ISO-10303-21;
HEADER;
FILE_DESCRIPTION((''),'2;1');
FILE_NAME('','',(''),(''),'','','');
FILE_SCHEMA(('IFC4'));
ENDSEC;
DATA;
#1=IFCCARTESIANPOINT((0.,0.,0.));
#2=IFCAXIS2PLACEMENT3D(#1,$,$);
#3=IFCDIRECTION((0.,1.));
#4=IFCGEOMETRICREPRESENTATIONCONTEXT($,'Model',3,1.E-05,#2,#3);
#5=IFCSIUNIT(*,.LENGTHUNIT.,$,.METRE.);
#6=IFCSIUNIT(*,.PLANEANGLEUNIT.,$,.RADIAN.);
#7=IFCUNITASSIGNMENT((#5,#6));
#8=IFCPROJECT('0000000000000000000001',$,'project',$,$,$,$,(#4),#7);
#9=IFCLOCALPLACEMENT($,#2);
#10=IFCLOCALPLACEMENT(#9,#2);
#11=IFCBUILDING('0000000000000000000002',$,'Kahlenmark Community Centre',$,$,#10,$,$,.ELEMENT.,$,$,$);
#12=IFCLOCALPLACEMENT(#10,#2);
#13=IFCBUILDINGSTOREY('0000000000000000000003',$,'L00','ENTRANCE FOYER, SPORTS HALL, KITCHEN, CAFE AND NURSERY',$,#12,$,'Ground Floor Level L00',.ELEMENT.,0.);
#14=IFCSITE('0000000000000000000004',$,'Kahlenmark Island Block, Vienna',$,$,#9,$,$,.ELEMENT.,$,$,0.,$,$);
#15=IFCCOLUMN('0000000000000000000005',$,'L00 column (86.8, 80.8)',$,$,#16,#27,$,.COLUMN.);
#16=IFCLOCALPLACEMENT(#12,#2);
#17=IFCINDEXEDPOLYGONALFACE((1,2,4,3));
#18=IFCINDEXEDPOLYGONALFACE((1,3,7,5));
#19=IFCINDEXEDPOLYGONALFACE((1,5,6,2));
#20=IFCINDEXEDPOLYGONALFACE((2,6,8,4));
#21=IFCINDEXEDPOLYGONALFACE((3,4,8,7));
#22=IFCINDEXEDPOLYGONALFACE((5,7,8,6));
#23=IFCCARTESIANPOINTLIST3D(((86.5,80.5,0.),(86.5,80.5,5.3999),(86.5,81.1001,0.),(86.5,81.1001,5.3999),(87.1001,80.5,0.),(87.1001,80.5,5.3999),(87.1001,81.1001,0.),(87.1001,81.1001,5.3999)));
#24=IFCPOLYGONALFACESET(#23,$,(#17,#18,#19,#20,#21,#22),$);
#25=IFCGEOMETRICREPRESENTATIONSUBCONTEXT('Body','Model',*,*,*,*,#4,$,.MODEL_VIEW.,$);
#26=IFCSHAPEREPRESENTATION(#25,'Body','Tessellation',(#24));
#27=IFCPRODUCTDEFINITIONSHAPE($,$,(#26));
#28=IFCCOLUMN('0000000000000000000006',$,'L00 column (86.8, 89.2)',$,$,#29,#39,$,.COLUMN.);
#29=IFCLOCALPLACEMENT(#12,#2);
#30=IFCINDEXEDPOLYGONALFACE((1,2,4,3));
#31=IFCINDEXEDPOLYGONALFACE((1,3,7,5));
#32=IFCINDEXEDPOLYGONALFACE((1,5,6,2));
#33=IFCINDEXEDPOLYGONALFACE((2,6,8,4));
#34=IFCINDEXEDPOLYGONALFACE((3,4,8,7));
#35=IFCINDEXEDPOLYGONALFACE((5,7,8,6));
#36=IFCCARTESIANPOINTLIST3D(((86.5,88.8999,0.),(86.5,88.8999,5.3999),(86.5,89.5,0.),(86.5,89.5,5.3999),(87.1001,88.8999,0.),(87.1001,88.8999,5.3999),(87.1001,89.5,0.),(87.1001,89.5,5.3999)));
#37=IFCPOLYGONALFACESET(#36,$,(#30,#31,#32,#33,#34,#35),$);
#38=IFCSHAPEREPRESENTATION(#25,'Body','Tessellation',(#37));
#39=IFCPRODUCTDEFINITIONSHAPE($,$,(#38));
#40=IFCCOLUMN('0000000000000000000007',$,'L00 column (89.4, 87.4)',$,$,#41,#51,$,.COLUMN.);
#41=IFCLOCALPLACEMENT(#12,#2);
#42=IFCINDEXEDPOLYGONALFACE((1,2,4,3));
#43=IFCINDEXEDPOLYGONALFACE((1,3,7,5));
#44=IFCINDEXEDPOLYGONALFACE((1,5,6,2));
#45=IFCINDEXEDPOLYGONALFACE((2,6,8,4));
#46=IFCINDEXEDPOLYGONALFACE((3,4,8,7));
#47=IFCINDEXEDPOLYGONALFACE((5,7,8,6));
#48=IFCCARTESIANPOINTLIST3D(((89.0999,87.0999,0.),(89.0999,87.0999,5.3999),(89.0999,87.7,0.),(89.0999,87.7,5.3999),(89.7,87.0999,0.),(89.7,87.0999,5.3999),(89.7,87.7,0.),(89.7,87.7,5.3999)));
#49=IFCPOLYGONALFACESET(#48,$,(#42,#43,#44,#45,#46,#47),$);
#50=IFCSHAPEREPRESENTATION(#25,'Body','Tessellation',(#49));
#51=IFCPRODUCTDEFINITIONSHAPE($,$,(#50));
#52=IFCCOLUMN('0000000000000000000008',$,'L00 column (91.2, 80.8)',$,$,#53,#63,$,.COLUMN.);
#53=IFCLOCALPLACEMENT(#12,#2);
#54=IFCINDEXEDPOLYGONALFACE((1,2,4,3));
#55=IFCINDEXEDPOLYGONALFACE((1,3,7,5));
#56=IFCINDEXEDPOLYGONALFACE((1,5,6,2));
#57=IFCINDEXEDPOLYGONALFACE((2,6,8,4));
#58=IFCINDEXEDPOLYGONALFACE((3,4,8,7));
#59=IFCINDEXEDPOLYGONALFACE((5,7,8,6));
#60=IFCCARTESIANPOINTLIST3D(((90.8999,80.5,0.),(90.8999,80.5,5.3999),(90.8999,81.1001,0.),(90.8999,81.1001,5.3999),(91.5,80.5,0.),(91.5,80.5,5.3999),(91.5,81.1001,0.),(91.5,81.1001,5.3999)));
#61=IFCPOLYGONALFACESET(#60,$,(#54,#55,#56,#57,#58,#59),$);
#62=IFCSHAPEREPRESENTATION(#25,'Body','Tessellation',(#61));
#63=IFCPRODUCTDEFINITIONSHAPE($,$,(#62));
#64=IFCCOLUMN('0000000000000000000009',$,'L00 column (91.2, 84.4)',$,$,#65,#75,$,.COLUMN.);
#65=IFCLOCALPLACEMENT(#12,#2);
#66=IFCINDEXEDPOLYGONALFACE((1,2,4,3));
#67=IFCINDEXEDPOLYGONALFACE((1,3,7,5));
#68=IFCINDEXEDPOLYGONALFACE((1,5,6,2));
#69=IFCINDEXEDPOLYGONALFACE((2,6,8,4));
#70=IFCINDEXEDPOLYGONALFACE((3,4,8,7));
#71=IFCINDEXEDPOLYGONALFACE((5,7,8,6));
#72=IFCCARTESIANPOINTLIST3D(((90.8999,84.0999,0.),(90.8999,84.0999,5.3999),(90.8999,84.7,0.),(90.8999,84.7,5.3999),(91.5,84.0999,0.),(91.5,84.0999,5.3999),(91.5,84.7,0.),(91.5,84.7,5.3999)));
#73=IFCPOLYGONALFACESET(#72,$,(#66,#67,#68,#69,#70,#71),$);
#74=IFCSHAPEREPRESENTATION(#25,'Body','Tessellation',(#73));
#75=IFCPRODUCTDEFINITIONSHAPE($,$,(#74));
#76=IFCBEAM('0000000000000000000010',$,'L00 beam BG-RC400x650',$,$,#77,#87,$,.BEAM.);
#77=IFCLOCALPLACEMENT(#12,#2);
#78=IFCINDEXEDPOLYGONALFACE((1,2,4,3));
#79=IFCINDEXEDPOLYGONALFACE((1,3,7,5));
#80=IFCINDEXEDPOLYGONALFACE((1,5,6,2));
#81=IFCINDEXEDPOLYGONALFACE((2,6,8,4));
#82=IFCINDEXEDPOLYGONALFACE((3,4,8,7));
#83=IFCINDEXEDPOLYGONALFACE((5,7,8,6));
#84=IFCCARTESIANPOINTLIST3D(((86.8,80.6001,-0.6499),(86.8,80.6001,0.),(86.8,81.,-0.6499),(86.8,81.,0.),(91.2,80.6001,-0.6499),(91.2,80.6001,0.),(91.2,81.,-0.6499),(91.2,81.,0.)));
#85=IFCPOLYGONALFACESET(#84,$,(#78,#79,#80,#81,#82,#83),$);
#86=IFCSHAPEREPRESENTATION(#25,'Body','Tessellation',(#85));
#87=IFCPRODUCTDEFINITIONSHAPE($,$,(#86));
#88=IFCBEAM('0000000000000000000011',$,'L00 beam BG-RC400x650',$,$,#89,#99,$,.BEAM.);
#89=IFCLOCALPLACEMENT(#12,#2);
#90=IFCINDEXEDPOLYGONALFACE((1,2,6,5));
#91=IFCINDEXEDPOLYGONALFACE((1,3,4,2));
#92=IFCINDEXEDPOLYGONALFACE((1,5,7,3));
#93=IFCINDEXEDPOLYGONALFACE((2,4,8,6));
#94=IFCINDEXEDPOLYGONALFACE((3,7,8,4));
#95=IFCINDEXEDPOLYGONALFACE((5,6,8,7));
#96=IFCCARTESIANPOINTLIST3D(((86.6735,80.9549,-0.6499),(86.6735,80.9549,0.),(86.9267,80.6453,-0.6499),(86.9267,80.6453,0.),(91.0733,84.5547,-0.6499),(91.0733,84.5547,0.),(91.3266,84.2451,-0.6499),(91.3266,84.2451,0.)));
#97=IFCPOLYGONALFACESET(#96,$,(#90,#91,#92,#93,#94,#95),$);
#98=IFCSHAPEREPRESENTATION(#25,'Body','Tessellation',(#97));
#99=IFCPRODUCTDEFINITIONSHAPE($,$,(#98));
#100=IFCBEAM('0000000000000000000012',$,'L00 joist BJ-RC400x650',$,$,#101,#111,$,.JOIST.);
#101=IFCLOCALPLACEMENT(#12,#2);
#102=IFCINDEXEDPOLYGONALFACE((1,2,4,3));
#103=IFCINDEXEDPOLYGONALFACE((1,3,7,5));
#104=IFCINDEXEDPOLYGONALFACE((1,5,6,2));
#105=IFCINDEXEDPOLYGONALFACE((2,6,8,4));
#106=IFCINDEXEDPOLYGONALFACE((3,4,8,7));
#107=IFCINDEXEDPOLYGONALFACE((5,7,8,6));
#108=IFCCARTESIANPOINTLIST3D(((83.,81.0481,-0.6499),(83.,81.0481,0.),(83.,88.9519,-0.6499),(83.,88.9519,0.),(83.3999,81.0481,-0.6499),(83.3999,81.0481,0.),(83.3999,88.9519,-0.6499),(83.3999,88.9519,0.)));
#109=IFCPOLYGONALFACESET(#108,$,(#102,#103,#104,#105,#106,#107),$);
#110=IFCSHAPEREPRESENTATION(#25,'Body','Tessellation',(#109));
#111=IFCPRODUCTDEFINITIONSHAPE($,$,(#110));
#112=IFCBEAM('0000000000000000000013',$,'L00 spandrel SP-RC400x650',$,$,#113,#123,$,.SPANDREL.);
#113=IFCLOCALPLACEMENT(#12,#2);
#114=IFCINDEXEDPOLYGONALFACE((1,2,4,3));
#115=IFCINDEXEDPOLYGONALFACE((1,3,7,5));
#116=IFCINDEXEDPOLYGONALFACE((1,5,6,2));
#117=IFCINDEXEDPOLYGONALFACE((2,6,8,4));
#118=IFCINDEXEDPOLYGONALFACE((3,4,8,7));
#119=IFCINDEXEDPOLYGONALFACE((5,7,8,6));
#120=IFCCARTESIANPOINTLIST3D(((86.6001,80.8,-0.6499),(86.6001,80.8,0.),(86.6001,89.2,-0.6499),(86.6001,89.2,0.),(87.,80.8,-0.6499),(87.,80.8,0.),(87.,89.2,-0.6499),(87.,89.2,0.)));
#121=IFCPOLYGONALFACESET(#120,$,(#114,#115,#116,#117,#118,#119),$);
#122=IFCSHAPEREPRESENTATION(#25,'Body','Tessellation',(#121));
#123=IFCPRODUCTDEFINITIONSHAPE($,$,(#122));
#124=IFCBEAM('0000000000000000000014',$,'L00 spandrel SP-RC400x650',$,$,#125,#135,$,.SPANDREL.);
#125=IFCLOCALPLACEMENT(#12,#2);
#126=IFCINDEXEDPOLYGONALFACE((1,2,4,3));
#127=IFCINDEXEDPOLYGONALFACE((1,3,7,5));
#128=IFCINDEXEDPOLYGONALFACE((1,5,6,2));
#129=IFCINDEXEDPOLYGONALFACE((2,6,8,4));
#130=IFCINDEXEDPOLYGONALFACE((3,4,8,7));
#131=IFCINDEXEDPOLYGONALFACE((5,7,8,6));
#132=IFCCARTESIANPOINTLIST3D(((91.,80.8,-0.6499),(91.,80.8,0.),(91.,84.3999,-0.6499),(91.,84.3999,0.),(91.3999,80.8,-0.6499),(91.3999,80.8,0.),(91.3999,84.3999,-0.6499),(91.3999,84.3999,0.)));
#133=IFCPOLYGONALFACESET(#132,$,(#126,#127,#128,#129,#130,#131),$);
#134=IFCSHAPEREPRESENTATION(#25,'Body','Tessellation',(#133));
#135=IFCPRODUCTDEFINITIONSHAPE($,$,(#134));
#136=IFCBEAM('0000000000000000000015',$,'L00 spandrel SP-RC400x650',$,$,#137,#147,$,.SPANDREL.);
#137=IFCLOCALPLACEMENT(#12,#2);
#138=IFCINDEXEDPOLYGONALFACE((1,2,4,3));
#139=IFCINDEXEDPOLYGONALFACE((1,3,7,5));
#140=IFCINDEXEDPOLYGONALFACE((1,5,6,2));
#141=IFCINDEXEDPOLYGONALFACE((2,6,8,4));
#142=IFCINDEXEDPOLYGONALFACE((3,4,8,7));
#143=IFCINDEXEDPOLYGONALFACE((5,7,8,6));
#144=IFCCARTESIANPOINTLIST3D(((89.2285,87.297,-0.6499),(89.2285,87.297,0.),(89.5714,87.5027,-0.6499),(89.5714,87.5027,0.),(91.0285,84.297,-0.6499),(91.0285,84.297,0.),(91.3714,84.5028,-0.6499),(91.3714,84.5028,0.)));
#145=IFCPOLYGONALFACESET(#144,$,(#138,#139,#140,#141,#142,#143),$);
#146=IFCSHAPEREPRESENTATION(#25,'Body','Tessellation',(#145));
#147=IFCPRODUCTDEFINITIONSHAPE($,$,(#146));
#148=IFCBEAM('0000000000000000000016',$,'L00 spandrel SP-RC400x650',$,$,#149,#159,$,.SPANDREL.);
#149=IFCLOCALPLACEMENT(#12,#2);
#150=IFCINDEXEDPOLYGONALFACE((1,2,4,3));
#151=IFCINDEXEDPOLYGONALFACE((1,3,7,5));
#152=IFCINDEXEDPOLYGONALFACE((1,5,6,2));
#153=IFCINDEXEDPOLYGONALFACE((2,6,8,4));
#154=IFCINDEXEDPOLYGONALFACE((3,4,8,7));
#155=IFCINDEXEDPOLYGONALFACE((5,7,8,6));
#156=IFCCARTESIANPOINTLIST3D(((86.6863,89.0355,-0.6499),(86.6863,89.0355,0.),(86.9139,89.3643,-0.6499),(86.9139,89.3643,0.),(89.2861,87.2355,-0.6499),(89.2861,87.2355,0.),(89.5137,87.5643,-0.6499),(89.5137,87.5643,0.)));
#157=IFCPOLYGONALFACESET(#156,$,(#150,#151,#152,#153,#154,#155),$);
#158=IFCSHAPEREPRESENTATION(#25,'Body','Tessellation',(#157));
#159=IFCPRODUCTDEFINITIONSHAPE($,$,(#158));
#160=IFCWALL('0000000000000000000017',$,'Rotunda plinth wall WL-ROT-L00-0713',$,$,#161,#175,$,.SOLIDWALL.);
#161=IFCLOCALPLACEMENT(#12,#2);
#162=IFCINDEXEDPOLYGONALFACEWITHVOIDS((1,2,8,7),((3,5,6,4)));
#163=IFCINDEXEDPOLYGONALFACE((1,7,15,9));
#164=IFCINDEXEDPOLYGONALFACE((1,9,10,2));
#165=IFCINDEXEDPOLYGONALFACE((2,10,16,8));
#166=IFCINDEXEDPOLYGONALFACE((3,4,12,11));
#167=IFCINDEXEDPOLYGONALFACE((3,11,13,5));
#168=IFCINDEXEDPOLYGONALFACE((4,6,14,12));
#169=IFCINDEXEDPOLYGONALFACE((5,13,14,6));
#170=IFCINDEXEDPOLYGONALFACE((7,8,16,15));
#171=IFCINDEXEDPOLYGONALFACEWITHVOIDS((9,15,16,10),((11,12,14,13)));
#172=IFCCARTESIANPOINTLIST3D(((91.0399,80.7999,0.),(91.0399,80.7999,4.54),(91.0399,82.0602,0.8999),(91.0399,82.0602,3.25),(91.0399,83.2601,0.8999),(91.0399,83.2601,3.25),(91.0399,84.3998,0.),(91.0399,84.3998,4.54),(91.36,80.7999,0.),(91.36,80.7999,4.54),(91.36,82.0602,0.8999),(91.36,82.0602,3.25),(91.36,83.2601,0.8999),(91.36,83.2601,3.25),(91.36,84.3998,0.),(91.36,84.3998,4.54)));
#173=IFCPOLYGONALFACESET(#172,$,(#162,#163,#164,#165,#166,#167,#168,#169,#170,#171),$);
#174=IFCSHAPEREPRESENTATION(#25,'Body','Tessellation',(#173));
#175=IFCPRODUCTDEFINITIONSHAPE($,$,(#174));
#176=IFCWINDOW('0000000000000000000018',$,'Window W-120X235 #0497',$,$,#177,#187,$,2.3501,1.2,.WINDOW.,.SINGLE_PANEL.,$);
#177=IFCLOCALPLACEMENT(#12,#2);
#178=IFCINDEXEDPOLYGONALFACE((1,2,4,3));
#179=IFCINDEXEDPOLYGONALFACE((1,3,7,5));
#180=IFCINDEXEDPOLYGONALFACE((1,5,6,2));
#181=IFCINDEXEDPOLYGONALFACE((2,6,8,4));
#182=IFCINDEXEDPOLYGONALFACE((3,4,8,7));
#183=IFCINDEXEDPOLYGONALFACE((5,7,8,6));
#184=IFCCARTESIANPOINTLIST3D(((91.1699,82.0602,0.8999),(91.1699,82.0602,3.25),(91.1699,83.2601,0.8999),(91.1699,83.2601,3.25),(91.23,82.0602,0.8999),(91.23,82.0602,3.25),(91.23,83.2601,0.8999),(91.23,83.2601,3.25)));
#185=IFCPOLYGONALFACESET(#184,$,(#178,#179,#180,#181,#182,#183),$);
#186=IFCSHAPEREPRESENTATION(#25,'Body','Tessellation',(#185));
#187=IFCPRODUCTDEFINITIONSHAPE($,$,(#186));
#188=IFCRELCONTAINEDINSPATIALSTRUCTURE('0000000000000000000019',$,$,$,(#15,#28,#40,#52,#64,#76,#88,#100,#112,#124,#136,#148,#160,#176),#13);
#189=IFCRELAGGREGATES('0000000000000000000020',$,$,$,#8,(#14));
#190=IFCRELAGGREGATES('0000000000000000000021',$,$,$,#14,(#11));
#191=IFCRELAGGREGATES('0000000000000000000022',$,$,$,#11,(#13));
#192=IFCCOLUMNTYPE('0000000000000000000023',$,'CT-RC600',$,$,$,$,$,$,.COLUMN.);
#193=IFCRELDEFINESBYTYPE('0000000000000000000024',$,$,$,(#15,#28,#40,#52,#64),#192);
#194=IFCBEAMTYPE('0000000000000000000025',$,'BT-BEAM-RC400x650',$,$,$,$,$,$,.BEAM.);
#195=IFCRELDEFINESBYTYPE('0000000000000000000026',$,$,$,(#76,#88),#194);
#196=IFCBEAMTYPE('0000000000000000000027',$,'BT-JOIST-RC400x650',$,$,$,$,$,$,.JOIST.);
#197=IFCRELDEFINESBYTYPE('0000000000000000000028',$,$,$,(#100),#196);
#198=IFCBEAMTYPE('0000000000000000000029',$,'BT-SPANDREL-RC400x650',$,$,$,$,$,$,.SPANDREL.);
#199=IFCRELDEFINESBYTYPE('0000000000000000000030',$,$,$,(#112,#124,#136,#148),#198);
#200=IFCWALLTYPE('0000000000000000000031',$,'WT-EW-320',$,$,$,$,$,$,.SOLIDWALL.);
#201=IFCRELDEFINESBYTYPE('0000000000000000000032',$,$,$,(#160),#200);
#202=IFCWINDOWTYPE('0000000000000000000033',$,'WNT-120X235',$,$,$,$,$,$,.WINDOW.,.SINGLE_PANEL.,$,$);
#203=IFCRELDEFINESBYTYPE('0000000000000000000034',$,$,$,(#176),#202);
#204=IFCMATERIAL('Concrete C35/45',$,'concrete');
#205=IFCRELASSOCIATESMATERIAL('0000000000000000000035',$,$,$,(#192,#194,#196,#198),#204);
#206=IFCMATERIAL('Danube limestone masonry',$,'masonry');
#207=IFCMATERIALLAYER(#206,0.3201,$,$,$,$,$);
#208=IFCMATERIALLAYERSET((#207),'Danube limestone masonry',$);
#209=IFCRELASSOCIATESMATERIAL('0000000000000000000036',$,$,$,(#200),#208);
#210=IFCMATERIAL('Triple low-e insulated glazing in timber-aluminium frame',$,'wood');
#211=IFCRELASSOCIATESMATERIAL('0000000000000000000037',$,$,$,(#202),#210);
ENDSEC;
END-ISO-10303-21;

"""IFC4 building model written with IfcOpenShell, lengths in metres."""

from ifc_helpers import new_model, si_unit, direction, frame, frame_2d, origin, origin_2d, place, context, subcontext, project, spatial, rectangle, extrude, material, layer, layer_set, material_profile, profile_set, type_object, element, fill, save


model = new_model("IFC4")

# Units and contexts
model_context = context("Model", 3, precision=1e-05, world=origin(), true_north=direction((0.0, 1.0)))
body_context = subcontext(model_context, "Body", "Model", "MODEL_VIEW")
ifc_project = project(units=[si_unit("LENGTHUNIT", "METRE"), si_unit("PLANEANGLEUNIT", "RADIAN")], contexts=[model_context])

# Site, building, storey
site_placement = place(None, origin())
site = spatial("IfcSite", under=ifc_project, at=site_placement, Name="Kahlenmark Island Block, Vienna", CompositionType="ELEMENT", RefElevation=0.0)
building_placement = place(site_placement, origin())
building = spatial("IfcBuilding", under=site, at=building_placement, Name="Kahlenmark Community Centre", CompositionType="ELEMENT")
storey_placement = place(building_placement, origin())
storey = spatial("IfcBuildingStorey", under=building, at=storey_placement, Name="L00", Description="ENTRANCE FOYER, SPORTS HALL, KITCHEN, CAFE AND NURSERY", LongName="Ground Floor Level L00", CompositionType="ELEMENT", Elevation=0.0)

# Columns
ifc_material_1 = material(Name="Concrete C35/45", Category="concrete")
ifc_material_profile_1 = material_profile(ifc_material_1, rectangle(XDim=0.6001, YDim=0.6001, at=origin_2d()), Name="RC 600x600")
ifc_profile_set_1 = profile_set([ifc_material_profile_1], Name="Concrete C35/45")
column_type = type_object("IfcColumnType", Name="CT-RC600", PredefinedType="COLUMN", material=ifc_profile_set_1)
for number, where, z_axis, x_axis, name in (
    (1, (86.8, 80.8, 0.0), (0.0, 0.0, 1.0), (1.0, 0.0, 0.0), "L00 column (86.8, 80.8)"),
    (2, (86.8, 89.2, 0.0), (0.0, 0.0, 1.0), (1.0, 0.0, 0.0), "L00 column (86.8, 89.2)"),
    (3, (89.3999, 87.3999, 0.0), (0.0, 0.0, 1.0), (1.0, 0.0, 0.0), "L00 column (89.4, 87.4)"),
    (4, (91.2, 80.8, 0.0), (0.0, 0.0, 1.0), (1.0, 0.0, 0.0), "L00 column (91.2, 80.8)"),
    (5, (91.2, 84.3999, 0.0), (0.0, 0.0, 1.0), (1.0, 0.0, 0.0), "L00 column (91.2, 84.4)"),
):
    element("IfcColumn", number, at=place(storey_placement, frame(where, z_axis=z_axis, x_axis=x_axis)), inside=storey, type_object=column_type, Name=name, PredefinedType="COLUMN", context=body_context, shape_type="SweptSolid", body=[
        extrude(rectangle(XDim=0.6001, YDim=0.6001, at=origin_2d()), origin(), (0.0, 0.0, 1.0), 5.3999),
    ])

# Beams
ifc_material_profile_2 = material_profile(ifc_material_1, rectangle(XDim=0.3999, YDim=0.6499, at=origin_2d()), Name="RC 400x650")
ifc_profile_set_2 = profile_set([ifc_material_profile_2], Name="Concrete C35/45")
beam_type_1 = type_object("IfcBeamType", Name="BT-BEAM-RC400x650", PredefinedType="BEAM", material=ifc_profile_set_2)
beam_1_placement = place(storey_placement, frame((91.2, 80.8, -0.325), z_axis=(-1.0, 0.0, 0.0), x_axis=(0.0, -1.0, 0.0)))
element("IfcBeam", 6, at=beam_1_placement, inside=storey, type_object=beam_type_1, Name="L00 beam BG-RC400x650", PredefinedType="BEAM", context=body_context, shape_type="SweptSolid", body=[
    extrude(rectangle(XDim=0.3999, YDim=0.6499, at=origin_2d()), origin(), (0.0, 0.0, 1.0), 4.3999),
])
beam_2_placement = place(storey_placement, frame((91.2, 84.3999, -0.325), z_axis=(-0.773963, -0.633231, 0.0), x_axis=(0.633231, -0.773963, 0.0)))
element("IfcBeam", 7, at=beam_2_placement, inside=storey, type_object=beam_type_1, Name="L00 beam BG-RC400x650", PredefinedType="BEAM", context=body_context, shape_type="SweptSolid", body=[
    extrude(rectangle(XDim=0.3999, YDim=0.6499, at=origin_2d()), origin(), (0.0, 0.0, 1.0), 5.6848),
])
ifc_material_profile_3 = material_profile(ifc_material_1, rectangle(XDim=0.3999, YDim=0.6499, at=origin_2d()), Name="RC 400x650")
ifc_profile_set_3 = profile_set([ifc_material_profile_3], Name="Concrete C35/45")
beam_type_2 = type_object("IfcBeamType", Name="BT-JOIST-RC400x650", PredefinedType="JOIST", material=ifc_profile_set_3)
beam_3_placement = place(storey_placement, frame((83.2, 81.0481, -0.325), z_axis=(0.0, 1.0, 0.0), x_axis=(-1.0, 0.0, 0.0)))
element("IfcBeam", 8, at=beam_3_placement, inside=storey, type_object=beam_type_2, Name="L00 joist BJ-RC400x650", PredefinedType="JOIST", context=body_context, shape_type="SweptSolid", body=[
    extrude(rectangle(XDim=0.3999, YDim=0.6499, at=origin_2d()), origin(), (0.0, 0.0, 1.0), 7.9038),
])
ifc_material_profile_4 = material_profile(ifc_material_1, rectangle(XDim=0.3999, YDim=0.6499, at=origin_2d()), Name="RC 400x650")
ifc_profile_set_4 = profile_set([ifc_material_profile_4], Name="Concrete C35/45")
beam_type_3 = type_object("IfcBeamType", Name="BT-SPANDREL-RC400x650", PredefinedType="SPANDREL", material=ifc_profile_set_4)
beam_4_placement = place(storey_placement, frame((86.8, 80.8, -0.325), z_axis=(0.0, 1.0, 0.0), x_axis=(-1.0, 0.0, 0.0)))
element("IfcBeam", 9, at=beam_4_placement, inside=storey, type_object=beam_type_3, Name="L00 spandrel SP-RC400x650", PredefinedType="SPANDREL", context=body_context, shape_type="SweptSolid", body=[
    extrude(rectangle(XDim=0.3999, YDim=0.6499, at=origin_2d()), origin(), (0.0, 0.0, 1.0), 8.3999),
])
beam_5_placement = place(storey_placement, frame((91.2, 80.8, -0.325), z_axis=(0.0, 1.0, 0.0), x_axis=(-1.0, 0.0, 0.0)))
element("IfcBeam", 10, at=beam_5_placement, inside=storey, type_object=beam_type_3, Name="L00 spandrel SP-RC400x650", PredefinedType="SPANDREL", context=body_context, shape_type="SweptSolid", body=[
    extrude(rectangle(XDim=0.3999, YDim=0.6499, at=origin_2d()), origin(), (0.0, 0.0, 1.0), 3.5999),
])
beam_6_placement = place(storey_placement, frame((91.2, 84.3999, -0.325), z_axis=(-0.514506, 0.857487, 0.0), x_axis=(-0.857487, -0.514506, 0.0)))
element("IfcBeam", 11, at=beam_6_placement, inside=storey, type_object=beam_type_3, Name="L00 spandrel SP-RC400x650", PredefinedType="SPANDREL", context=body_context, shape_type="SweptSolid", body=[
    extrude(rectangle(XDim=0.3999, YDim=0.6499, at=origin_2d()), origin(), (0.0, 0.0, 1.0), 3.4985),
])
beam_7_placement = place(storey_placement, frame((89.3999, 87.3999, -0.325), z_axis=(-0.82217, 0.569242, 0.0), x_axis=(-0.569242, -0.82217, 0.0)))
element("IfcBeam", 12, at=beam_7_placement, inside=storey, type_object=beam_type_3, Name="L00 spandrel SP-RC400x650", PredefinedType="SPANDREL", context=body_context, shape_type="SweptSolid", body=[
    extrude(rectangle(XDim=0.3999, YDim=0.6499, at=origin_2d()), origin(), (0.0, 0.0, 1.0), 3.1621),
])

# Wall, opening, window
ifc_material_2 = material(Name="Danube limestone masonry", Category="masonry")
ifc_layer = layer(ifc_material_2, 0.3201)
ifc_layer_set = layer_set([ifc_layer], Name="Danube limestone masonry")
wall_type = type_object("IfcWallType", Name="WT-EW-320", PredefinedType="SOLIDWALL", material=ifc_layer_set)
wall_1_placement = place(storey_placement, frame((91.2, 80.8, 0.0), z_axis=(0.0, 0.0, 1.0), x_axis=(0.0, 1.0, 0.0)))
wall_1 = element("IfcWall", 13, at=wall_1_placement, inside=storey, type_object=wall_type, Name="Rotunda plinth wall WL-ROT-L00-0713", PredefinedType="SOLIDWALL", context=body_context, shape_type="SweptSolid", body=[
    extrude(rectangle(XDim=3.5999, YDim=0.3201, at=frame_2d((1.7998, 0.0))), origin(), (0.0, 0.0, 1.0), 4.54),
])
opening_1_placement = place(wall_1_placement, frame((1.26, 0.0, 0.8999)))
opening_1 = element("IfcOpeningElement", 14, at=opening_1_placement, cuts=wall_1, PredefinedType="OPENING", context=body_context, shape_type="SweptSolid", body=[
    extrude(rectangle(XDim=1.2, YDim=2.3501, at=frame_2d((0.6001, 1.175))), frame((0.0, 0.1699, 0.0), z_axis=(0.0, -1.0, 0.0), x_axis=(1.0, 0.0, 0.0)), (0.0, 0.0, 1.0), 0.3401),
])
ifc_material_3 = material(Name="Triple low-e insulated glazing in timber-aluminium frame", Category="wood")
window_type = type_object("IfcWindowType", Name="WNT-120X235", PartitioningType="SINGLE_PANEL", PredefinedType="WINDOW", material=ifc_material_3)
window_1_placement = place(opening_1_placement, origin())
window_1 = element("IfcWindow", 15, at=window_1_placement, inside=storey, type_object=window_type, Name="Window W-120X235 #0497", OverallHeight=2.3501, OverallWidth=1.2, PartitioningType="SINGLE_PANEL", PredefinedType="WINDOW", context=body_context, shape_type="SweptSolid", body=[
    extrude(rectangle(XDim=1.2, YDim=2.3501, at=frame_2d((0.6001, 1.175))), frame((0.0, 0.03, 0.0), z_axis=(0.0, -1.0, 0.0), x_axis=(1.0, 0.0, 0.0)), (0.0, 0.0, 1.0), 0.0601),
])
fill(opening_1, window_1)

save(model, "model.ifc")
